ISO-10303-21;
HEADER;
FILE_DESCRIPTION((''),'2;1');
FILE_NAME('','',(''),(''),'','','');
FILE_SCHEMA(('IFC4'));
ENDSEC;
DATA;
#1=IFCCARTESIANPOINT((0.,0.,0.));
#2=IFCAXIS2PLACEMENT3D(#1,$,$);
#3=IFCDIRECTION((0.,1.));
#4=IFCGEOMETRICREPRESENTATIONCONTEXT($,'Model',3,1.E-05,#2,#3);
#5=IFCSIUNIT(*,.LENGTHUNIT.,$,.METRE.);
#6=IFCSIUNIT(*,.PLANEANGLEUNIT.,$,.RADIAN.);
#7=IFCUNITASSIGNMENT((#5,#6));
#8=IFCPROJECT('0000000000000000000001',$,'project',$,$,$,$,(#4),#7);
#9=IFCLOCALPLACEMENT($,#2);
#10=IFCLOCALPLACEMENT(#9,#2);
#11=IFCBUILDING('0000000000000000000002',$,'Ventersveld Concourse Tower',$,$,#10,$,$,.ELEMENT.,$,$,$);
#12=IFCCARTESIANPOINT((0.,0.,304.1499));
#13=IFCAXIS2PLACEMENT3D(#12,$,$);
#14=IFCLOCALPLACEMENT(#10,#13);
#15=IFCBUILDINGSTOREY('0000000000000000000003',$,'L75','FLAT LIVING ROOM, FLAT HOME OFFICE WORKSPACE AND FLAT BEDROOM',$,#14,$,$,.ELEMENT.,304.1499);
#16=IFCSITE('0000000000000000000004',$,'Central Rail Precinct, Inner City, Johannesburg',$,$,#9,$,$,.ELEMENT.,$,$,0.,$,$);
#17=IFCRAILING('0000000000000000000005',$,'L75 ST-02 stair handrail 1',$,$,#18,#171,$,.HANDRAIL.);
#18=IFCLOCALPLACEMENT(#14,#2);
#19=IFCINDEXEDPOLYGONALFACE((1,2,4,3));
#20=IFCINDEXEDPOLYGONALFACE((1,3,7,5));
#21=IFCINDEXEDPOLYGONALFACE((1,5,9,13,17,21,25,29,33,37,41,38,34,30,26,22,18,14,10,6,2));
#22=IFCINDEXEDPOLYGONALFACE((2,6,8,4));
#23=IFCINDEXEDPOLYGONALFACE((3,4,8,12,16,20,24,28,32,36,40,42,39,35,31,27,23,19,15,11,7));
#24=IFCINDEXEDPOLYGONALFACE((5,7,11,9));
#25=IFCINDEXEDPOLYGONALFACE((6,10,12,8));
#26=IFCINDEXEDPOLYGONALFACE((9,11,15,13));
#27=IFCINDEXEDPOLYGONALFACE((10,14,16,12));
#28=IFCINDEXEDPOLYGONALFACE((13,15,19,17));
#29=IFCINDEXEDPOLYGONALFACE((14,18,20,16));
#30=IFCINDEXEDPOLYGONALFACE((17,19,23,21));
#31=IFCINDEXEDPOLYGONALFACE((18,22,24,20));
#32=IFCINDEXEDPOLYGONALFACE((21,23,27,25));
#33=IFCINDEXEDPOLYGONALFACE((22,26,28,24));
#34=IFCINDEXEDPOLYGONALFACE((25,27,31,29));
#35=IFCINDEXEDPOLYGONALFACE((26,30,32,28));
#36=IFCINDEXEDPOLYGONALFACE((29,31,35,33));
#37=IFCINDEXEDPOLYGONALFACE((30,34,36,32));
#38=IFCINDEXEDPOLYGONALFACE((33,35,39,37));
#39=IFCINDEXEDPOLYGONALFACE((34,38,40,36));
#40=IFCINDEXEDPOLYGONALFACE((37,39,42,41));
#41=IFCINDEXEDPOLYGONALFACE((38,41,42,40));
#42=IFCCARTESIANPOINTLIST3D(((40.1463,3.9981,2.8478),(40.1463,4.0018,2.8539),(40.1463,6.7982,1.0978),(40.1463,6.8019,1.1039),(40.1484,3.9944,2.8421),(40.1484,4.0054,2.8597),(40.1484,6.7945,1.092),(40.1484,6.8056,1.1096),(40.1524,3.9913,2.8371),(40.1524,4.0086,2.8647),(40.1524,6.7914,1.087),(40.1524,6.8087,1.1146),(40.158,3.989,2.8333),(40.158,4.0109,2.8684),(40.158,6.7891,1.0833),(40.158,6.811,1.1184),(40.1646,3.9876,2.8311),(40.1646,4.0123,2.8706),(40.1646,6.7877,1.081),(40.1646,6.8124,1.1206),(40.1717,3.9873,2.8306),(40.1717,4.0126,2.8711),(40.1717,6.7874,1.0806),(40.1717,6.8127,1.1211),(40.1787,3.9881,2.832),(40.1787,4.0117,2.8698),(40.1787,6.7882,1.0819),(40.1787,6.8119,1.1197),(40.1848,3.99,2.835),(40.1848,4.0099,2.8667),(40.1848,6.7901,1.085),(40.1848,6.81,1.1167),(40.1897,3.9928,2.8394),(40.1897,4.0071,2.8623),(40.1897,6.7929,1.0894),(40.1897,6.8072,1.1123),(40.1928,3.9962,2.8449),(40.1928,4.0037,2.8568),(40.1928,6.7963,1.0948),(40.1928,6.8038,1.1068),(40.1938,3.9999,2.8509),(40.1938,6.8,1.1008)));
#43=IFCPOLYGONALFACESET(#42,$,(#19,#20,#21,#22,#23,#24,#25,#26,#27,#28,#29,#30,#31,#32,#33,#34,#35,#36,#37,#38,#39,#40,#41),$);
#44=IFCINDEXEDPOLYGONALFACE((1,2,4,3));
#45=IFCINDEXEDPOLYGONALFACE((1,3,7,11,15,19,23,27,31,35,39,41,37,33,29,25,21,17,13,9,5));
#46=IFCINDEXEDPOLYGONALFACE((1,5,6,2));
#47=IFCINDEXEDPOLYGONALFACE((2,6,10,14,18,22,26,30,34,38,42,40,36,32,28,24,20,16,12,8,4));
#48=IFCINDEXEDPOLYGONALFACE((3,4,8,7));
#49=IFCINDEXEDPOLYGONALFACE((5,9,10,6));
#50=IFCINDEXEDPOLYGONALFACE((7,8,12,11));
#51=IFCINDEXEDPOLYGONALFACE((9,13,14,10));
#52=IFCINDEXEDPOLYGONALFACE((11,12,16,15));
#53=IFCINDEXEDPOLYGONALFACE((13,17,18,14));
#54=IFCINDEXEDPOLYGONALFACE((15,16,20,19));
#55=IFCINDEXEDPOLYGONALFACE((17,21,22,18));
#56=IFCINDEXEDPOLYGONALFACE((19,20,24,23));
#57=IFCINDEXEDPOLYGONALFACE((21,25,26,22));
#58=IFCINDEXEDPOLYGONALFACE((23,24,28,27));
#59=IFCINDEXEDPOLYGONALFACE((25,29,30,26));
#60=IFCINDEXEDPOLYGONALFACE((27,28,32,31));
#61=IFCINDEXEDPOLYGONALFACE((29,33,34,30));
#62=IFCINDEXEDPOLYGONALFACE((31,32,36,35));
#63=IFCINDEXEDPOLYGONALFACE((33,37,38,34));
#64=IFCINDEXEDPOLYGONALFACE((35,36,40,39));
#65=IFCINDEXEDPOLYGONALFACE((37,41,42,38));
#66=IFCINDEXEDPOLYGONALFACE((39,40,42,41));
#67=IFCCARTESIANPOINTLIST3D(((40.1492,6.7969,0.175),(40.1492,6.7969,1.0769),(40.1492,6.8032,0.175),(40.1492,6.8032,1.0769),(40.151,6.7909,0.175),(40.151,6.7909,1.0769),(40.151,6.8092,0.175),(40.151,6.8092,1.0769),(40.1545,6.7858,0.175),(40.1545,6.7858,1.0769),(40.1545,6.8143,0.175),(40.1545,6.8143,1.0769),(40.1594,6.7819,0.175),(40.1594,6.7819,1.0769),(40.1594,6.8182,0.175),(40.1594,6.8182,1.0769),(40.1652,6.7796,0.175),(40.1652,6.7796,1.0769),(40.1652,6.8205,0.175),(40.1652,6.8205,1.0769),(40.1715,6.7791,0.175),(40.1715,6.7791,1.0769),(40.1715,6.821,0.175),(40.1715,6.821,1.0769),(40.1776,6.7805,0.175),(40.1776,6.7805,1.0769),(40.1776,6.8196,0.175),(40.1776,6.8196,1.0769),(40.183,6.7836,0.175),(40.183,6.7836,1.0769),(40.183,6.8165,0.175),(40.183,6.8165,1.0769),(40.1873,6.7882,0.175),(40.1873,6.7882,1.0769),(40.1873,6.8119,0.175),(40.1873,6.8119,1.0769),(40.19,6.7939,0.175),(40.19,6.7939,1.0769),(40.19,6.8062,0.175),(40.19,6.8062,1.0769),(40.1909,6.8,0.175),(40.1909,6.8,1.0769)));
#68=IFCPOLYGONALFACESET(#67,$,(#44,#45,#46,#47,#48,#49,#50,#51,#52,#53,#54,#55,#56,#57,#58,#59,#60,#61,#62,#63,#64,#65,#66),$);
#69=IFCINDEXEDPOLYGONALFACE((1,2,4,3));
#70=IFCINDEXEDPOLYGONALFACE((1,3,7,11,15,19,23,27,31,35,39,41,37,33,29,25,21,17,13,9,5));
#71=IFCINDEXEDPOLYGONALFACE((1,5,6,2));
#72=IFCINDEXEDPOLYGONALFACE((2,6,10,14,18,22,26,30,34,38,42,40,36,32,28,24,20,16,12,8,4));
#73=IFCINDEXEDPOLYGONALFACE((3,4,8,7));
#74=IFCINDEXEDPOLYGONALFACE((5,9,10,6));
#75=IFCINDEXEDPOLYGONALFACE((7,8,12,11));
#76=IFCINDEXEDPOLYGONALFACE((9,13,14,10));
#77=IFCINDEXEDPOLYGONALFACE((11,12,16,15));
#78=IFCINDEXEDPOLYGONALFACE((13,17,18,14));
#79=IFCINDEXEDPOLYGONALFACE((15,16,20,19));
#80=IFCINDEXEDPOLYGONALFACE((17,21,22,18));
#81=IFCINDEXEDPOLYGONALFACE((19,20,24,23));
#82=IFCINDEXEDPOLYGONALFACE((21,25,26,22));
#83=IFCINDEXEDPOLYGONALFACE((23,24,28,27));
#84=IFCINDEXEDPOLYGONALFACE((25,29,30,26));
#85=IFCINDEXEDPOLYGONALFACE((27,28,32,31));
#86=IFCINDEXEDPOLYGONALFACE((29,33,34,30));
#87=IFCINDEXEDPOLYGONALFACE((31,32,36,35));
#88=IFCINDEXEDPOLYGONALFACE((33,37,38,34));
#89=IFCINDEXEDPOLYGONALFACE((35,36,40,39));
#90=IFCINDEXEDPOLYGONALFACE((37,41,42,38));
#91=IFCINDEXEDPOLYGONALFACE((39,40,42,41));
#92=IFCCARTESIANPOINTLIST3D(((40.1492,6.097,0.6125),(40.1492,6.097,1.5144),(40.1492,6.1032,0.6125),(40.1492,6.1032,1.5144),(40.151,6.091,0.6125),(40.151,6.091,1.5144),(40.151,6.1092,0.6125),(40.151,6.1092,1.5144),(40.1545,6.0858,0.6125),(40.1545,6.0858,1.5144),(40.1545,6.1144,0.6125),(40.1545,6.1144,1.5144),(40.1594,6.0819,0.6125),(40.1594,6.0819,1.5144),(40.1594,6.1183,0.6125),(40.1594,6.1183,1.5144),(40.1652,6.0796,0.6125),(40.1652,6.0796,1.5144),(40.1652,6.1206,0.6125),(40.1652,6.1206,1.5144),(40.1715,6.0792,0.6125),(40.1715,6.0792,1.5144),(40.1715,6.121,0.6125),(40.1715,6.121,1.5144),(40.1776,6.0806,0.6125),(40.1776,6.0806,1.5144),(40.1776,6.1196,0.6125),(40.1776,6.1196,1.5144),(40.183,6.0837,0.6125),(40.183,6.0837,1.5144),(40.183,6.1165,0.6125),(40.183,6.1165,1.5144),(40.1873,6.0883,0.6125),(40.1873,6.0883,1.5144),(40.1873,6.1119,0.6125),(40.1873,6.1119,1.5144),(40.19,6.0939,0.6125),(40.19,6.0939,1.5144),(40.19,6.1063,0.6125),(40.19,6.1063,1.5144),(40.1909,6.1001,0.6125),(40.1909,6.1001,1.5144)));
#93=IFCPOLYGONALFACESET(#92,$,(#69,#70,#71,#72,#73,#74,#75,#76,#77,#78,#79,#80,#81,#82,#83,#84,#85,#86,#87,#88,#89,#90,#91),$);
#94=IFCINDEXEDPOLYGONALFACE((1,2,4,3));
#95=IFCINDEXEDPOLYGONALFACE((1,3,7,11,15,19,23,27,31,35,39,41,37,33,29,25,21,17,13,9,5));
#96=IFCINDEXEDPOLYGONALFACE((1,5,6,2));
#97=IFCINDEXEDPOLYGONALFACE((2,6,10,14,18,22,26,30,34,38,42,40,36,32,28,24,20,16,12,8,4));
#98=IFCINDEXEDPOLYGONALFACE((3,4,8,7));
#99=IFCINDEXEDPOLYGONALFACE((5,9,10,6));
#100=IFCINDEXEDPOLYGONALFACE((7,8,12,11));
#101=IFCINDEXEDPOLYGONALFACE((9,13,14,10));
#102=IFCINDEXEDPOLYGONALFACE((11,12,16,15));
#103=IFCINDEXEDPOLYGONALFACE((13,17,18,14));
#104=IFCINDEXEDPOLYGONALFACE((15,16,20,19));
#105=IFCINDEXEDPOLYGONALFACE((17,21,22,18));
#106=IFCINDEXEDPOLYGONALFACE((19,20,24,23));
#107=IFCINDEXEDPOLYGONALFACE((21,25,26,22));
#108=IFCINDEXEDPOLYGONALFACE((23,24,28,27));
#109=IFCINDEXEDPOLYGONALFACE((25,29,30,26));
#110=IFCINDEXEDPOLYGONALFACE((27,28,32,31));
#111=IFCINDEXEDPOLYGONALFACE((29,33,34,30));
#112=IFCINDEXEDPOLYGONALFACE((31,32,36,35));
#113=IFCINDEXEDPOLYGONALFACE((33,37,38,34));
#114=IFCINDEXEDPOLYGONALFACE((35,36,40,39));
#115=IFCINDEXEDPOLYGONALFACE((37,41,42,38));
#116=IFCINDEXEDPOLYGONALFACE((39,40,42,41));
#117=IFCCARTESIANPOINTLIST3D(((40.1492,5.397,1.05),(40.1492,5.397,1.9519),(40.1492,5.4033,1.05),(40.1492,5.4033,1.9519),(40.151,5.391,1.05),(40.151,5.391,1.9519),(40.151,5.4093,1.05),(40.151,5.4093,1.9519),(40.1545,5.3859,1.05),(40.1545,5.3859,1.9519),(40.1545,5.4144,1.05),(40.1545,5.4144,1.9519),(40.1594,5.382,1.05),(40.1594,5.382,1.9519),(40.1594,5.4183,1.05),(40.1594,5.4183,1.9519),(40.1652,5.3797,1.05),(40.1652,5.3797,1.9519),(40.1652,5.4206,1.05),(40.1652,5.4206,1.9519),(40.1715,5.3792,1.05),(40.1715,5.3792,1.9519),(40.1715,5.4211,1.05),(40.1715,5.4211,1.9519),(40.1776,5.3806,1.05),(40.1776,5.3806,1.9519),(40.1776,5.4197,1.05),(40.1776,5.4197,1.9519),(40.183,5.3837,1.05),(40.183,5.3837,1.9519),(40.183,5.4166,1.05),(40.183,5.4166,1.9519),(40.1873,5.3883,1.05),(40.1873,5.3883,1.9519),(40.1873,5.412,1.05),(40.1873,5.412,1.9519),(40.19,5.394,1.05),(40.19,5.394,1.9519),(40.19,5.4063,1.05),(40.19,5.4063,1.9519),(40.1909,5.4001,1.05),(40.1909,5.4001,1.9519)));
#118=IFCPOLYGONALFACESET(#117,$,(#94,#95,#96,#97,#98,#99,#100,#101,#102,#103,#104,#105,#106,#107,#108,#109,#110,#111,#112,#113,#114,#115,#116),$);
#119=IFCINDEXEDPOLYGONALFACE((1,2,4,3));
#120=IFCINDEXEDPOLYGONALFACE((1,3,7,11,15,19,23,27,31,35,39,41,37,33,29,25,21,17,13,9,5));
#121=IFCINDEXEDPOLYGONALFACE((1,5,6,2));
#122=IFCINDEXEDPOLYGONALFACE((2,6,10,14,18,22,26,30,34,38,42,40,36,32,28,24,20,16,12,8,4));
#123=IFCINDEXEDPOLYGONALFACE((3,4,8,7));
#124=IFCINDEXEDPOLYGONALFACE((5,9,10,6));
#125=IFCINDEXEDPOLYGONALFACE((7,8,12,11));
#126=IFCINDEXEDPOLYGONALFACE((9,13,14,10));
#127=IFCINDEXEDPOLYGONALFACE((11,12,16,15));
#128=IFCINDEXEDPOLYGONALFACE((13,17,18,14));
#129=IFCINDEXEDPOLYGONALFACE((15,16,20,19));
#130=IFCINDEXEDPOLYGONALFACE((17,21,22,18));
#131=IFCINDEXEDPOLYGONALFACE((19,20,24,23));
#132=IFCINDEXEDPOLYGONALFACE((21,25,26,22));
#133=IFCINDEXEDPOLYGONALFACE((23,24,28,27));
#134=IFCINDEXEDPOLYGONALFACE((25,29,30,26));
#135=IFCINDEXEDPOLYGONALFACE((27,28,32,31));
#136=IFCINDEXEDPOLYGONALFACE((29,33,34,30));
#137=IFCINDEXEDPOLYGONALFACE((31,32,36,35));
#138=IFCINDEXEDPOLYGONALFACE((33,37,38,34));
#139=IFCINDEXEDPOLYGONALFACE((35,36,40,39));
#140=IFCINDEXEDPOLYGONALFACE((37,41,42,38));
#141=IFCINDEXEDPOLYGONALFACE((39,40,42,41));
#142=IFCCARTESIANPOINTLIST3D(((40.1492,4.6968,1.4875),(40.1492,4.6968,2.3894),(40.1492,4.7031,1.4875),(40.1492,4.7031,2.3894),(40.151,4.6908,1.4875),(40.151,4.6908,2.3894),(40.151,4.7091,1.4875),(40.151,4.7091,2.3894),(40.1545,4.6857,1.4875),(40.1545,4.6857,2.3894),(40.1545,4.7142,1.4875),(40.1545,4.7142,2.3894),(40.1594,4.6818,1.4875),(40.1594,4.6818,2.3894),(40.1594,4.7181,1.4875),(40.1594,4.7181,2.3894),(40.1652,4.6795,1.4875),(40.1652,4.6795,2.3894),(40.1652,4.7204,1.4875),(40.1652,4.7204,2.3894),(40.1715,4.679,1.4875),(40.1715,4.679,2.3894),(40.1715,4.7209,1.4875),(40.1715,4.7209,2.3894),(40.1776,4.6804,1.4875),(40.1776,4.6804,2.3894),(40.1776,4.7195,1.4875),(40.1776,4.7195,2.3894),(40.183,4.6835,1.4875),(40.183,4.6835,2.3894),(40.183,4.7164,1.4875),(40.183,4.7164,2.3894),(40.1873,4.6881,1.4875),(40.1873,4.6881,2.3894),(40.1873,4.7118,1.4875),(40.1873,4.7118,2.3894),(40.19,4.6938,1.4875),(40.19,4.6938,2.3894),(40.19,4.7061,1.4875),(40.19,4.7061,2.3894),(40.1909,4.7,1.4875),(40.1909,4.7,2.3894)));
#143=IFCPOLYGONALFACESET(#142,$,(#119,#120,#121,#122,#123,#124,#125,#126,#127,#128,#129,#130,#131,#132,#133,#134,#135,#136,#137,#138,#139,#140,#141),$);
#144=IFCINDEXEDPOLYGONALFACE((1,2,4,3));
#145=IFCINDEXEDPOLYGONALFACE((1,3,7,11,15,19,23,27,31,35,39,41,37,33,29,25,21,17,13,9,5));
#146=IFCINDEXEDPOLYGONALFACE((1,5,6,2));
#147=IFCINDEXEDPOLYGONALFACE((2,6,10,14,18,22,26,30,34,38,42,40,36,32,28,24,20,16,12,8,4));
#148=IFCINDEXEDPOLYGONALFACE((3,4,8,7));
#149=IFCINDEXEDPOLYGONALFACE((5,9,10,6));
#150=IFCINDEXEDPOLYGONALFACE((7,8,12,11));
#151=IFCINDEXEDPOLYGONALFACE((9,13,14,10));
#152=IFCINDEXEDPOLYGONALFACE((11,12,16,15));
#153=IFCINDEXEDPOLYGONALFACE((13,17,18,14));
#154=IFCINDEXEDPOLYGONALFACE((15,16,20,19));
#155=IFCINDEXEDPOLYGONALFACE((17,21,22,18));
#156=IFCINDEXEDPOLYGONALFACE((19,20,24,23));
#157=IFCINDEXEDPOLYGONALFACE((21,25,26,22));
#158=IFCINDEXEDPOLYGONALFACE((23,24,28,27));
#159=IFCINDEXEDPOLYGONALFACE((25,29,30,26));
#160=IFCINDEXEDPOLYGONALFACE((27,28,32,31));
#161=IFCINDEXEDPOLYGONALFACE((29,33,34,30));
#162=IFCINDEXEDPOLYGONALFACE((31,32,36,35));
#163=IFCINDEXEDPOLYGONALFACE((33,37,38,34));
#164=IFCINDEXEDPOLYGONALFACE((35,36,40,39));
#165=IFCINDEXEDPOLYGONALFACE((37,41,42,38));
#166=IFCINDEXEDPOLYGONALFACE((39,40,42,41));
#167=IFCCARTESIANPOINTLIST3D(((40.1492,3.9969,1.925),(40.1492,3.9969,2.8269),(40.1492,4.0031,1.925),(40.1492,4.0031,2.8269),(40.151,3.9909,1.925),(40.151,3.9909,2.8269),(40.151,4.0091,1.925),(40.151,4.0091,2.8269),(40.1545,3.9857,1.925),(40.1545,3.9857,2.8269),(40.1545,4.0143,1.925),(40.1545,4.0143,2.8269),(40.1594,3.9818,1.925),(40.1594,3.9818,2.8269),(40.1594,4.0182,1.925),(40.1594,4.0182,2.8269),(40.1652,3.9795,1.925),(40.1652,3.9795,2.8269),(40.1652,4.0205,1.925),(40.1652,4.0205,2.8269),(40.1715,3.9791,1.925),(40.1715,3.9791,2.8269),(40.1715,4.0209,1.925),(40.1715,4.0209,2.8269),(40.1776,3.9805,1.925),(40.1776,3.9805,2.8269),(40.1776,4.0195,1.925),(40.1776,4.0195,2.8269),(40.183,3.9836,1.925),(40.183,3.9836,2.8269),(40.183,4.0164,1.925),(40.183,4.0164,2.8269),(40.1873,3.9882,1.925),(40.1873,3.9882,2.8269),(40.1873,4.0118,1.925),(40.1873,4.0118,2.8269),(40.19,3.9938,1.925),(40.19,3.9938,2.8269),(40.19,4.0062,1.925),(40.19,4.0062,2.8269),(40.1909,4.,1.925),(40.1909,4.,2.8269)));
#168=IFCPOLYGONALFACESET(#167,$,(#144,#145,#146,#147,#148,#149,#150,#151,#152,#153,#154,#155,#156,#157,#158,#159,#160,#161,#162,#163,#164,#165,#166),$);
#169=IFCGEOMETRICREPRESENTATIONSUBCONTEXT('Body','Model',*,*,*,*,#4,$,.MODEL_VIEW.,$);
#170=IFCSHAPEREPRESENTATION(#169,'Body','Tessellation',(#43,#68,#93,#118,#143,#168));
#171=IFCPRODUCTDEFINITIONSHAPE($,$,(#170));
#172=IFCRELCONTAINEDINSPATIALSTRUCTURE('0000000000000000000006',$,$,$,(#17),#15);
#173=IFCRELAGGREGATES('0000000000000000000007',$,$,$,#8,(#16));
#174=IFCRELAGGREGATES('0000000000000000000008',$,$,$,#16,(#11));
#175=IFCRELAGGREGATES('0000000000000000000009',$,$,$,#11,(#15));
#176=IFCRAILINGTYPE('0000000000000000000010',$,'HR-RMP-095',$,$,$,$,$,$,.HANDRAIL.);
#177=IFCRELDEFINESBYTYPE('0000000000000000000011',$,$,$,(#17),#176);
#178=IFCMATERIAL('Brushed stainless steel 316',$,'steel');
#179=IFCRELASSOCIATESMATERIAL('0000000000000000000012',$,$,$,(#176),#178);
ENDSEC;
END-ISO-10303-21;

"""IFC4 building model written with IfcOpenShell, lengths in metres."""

from ifc_helpers import new_model, si_unit, direction, frame, origin, origin_2d, place, context, subcontext, project, spatial, circle, extrude, material, type_object, element, save


model = new_model("IFC4")

# Units and contexts
model_context = context("Model", 3, precision=1e-05, world=origin(), true_north=direction((0.0, 1.0)))
body_context = subcontext(model_context, "Body", "Model", "MODEL_VIEW")
ifc_project = project(units=[si_unit("LENGTHUNIT", "METRE"), si_unit("PLANEANGLEUNIT", "RADIAN")], contexts=[model_context])

# Site, building, storey
site_placement = place(None, origin())
site = spatial("IfcSite", under=ifc_project, at=site_placement, Name="Central Rail Precinct, Inner City, Johannesburg", CompositionType="ELEMENT", RefElevation=0.0)
building_placement = place(site_placement, origin())
building = spatial("IfcBuilding", under=site, at=building_placement, Name="Ventersveld Concourse Tower", CompositionType="ELEMENT")
storey_placement = place(building_placement, frame((0.0, 0.0, 304.1499)))
storey = spatial("IfcBuildingStorey", under=building, at=storey_placement, Name="L75", Description="FLAT LIVING ROOM, FLAT HOME OFFICE WORKSPACE AND FLAT BEDROOM", CompositionType="ELEMENT", Elevation=304.1499)

# Shared definitions
ifc_material_1 = material(Name="Brushed stainless steel 316", Category="steel")

# Railing
railing_type_1 = type_object("IfcRailingType", Name="HR-RMP-095", PredefinedType="HANDRAIL", material=ifc_material_1)
railing_1_placement = place(storey_placement, frame((40.1699, 6.8, 0.175)))
element("IfcRailing", 1, at=railing_1_placement, inside=storey, type_object=railing_type_1, Name="L75 ST-02 stair handrail 1", PredefinedType="HANDRAIL", context=body_context, shape_type="SweptSolid", body=[
    extrude(circle(Radius=0.0239, at=origin_2d()), frame((0.0, 0.0, 0.9258), z_axis=(0.0, -0.848002, 0.529992), x_axis=(1.0, 0.0, 0.0)), (0.0, 0.0, 1.0), 3.302),
    extrude(circle(Radius=0.021, at=origin_2d()), origin(), (0.0, 0.0, 1.0), 0.9019),
    extrude(circle(Radius=0.021, at=origin_2d()), frame((0.0, -0.7, 0.4375)), (0.0, 0.0, 1.0), 0.9019),
    extrude(circle(Radius=0.021, at=origin_2d()), frame((0.0, -1.3999, 0.875)), (0.0, 0.0, 1.0), 0.9019),
    extrude(circle(Radius=0.021, at=origin_2d()), frame((0.0, -2.1001, 1.3125)), (0.0, 0.0, 1.0), 0.9019),
    extrude(circle(Radius=0.021, at=origin_2d()), frame((0.0, -2.8, 1.75)), (0.0, 0.0, 1.0), 0.9019),
])

save(model, "model.ifc")
